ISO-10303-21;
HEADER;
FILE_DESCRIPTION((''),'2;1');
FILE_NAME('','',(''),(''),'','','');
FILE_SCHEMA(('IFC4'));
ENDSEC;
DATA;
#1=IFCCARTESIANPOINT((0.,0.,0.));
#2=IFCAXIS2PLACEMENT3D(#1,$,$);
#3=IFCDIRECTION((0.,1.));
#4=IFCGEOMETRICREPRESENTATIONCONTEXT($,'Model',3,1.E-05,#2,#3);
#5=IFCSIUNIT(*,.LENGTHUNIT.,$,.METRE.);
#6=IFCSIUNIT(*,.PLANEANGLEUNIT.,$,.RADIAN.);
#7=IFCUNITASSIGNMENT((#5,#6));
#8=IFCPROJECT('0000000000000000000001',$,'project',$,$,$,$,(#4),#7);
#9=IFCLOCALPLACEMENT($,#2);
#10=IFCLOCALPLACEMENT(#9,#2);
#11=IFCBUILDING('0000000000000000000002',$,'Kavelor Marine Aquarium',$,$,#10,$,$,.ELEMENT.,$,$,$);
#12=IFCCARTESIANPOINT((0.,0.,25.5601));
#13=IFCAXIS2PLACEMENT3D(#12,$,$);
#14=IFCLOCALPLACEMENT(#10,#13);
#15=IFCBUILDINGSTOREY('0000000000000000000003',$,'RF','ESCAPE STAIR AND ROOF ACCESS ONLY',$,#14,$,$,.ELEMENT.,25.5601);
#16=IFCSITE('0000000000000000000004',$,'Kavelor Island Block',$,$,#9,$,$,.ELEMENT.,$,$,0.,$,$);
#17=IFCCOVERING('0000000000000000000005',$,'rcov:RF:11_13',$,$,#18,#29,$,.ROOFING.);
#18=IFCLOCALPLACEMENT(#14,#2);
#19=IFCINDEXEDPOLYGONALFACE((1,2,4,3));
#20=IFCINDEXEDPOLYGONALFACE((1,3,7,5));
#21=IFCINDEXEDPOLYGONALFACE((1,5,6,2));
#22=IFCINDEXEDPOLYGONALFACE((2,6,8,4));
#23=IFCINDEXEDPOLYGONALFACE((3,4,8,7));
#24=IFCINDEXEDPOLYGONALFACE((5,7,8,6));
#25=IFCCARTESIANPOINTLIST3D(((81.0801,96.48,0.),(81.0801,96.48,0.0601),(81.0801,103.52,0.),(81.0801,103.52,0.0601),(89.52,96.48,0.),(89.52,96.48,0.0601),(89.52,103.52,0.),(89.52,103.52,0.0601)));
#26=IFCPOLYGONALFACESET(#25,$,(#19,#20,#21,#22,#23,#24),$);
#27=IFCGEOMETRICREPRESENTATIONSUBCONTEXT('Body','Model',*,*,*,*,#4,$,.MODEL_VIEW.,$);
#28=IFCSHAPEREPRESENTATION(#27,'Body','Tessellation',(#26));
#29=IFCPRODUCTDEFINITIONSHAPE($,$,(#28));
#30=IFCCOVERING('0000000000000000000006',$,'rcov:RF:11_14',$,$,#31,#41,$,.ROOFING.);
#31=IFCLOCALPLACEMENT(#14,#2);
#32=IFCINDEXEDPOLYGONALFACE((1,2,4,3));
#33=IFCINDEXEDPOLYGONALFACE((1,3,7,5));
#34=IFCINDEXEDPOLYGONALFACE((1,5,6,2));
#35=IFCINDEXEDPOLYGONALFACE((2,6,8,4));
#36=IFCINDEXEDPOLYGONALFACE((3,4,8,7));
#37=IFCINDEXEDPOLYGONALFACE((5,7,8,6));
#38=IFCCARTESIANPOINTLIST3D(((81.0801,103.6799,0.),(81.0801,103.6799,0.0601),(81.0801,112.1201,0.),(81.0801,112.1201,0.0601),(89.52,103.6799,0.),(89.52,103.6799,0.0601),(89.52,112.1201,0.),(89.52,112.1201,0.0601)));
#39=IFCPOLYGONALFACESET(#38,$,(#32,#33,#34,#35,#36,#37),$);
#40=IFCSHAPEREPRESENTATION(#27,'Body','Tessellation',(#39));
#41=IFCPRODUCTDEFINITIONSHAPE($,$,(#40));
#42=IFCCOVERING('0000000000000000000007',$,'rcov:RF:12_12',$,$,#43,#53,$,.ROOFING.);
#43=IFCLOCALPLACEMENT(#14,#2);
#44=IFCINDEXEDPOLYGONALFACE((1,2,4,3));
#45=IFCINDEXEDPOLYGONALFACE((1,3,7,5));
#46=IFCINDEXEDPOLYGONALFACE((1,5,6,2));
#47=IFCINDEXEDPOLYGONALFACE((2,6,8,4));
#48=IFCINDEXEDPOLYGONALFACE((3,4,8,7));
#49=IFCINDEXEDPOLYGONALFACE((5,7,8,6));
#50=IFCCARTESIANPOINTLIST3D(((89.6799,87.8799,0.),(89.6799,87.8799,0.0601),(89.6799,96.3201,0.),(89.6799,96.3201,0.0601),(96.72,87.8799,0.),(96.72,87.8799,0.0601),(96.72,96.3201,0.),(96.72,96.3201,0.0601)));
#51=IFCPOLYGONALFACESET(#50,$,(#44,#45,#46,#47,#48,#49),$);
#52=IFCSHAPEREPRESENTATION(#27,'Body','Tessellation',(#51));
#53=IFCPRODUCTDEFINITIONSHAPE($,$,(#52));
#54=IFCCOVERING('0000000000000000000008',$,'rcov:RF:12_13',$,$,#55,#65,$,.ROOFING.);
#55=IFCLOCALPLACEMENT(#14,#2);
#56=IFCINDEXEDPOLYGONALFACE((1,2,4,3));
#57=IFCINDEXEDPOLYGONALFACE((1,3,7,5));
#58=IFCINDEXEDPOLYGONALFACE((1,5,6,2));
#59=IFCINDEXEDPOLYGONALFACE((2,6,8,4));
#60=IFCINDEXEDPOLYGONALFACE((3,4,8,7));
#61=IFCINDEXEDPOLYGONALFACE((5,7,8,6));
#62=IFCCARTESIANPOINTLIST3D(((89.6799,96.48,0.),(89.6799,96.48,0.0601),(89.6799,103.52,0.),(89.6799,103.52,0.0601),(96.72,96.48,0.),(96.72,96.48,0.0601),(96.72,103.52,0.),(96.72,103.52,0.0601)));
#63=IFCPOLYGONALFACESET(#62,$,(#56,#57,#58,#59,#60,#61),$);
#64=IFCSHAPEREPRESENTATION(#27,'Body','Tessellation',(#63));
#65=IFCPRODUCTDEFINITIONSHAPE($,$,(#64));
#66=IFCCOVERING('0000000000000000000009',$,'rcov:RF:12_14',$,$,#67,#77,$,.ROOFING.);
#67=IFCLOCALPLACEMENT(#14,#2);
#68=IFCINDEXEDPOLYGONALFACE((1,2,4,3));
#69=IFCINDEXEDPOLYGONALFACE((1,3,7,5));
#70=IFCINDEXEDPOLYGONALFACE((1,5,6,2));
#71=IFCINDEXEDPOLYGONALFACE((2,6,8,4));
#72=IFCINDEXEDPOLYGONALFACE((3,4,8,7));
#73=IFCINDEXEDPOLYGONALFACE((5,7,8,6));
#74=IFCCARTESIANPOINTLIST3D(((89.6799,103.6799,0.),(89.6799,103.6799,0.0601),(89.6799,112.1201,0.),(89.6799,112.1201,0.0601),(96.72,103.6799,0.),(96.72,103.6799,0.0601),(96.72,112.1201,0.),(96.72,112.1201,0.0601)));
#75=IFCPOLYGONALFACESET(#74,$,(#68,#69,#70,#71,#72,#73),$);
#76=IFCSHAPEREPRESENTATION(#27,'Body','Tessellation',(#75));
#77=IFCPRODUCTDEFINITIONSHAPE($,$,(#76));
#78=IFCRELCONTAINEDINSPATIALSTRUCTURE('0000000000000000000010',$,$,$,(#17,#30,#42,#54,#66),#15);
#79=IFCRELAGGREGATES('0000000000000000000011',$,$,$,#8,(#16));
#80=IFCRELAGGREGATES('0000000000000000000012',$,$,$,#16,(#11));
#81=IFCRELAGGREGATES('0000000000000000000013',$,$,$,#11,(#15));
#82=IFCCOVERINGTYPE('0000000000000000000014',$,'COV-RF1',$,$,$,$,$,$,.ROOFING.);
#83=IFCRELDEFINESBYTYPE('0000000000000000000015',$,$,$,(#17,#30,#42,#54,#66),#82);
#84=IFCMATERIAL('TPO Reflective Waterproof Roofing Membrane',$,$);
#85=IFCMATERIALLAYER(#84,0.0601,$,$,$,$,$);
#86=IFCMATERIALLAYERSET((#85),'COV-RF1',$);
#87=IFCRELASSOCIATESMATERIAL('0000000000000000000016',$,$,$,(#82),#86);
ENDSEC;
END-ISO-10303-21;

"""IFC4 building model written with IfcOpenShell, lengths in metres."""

from ifc_helpers import new_model, si_unit, direction, frame, origin, place, context, subcontext, project, spatial, polyline, outline, extrude, material, layer, layer_set, type_object, element, save


model = new_model("IFC4")

# Units and contexts
model_context = context("Model", 3, precision=1e-05, world=origin(), true_north=direction((0.0, 1.0)))
body_context = subcontext(model_context, "Body", "Model", "MODEL_VIEW")
ifc_project = project(units=[si_unit("LENGTHUNIT", "METRE"), si_unit("PLANEANGLEUNIT", "RADIAN")], contexts=[model_context])

# Site, building, storey
site_placement = place(None, origin())
site = spatial("IfcSite", under=ifc_project, at=site_placement, Name="Kavelor Island Block", CompositionType="ELEMENT", RefElevation=0.0)
building_placement = place(site_placement, origin())
building = spatial("IfcBuilding", under=site, at=building_placement, Name="Kavelor Marine Aquarium", CompositionType="ELEMENT")
storey_placement = place(building_placement, frame((0.0, 0.0, 25.5601)))
storey = spatial("IfcBuildingStorey", under=building, at=storey_placement, Name="RF", Description="ESCAPE STAIR AND ROOF ACCESS ONLY", CompositionType="ELEMENT", Elevation=25.5601)

# Coverings
ifc_material_1 = material(Name="TPO Reflective Waterproof Roofing Membrane")
ifc_layer_1 = layer(ifc_material_1, 0.0601)
ifc_layer_set_1 = layer_set([ifc_layer_1], Name="COV-RF1")
covering_type = type_object("IfcCoveringType", Name="COV-RF1", PredefinedType="ROOFING", material=ifc_layer_set_1)
covering_1_placement = place(storey_placement, origin())
element("IfcCovering", 1, at=covering_1_placement, inside=storey, type_object=covering_type, Name="rcov:RF:11_13", PredefinedType="ROOFING", context=body_context, shape_type="SweptSolid", body=[
    extrude(outline(polyline([(81.0801, 96.48), (89.52, 96.48), (89.52, 103.52), (81.0801, 103.52), (81.0801, 96.48)])), origin(), (0.0, 0.0, 1.0), 0.0601),
])
covering_2_placement = place(storey_placement, origin())
element("IfcCovering", 2, at=covering_2_placement, inside=storey, type_object=covering_type, Name="rcov:RF:11_14", PredefinedType="ROOFING", context=body_context, shape_type="SweptSolid", body=[
    extrude(outline(polyline([(81.0801, 103.6799), (89.52, 103.6799), (89.52, 112.1201), (81.0801, 112.1201), (81.0801, 103.6799)])), origin(), (0.0, 0.0, 1.0), 0.0601),
])
covering_3_placement = place(storey_placement, origin())
element("IfcCovering", 3, at=covering_3_placement, inside=storey, type_object=covering_type, Name="rcov:RF:12_12", PredefinedType="ROOFING", context=body_context, shape_type="SweptSolid", body=[
    extrude(outline(polyline([(89.6799, 87.8799), (96.72, 87.8799), (96.72, 96.3201), (89.6799, 96.3201), (89.6799, 87.8799)])), origin(), (0.0, 0.0, 1.0), 0.0601),
])
covering_4_placement = place(storey_placement, origin())
element("IfcCovering", 4, at=covering_4_placement, inside=storey, type_object=covering_type, Name="rcov:RF:12_13", PredefinedType="ROOFING", context=body_context, shape_type="SweptSolid", body=[
    extrude(outline(polyline([(89.6799, 96.48), (96.72, 96.48), (96.72, 103.52), (89.6799, 103.52), (89.6799, 96.48)])), origin(), (0.0, 0.0, 1.0), 0.0601),
])
covering_5_placement = place(storey_placement, origin())
element("IfcCovering", 5, at=covering_5_placement, inside=storey, type_object=covering_type, Name="rcov:RF:12_14", PredefinedType="ROOFING", context=body_context, shape_type="SweptSolid", body=[
    extrude(outline(polyline([(89.6799, 103.6799), (96.72, 103.6799), (96.72, 112.1201), (89.6799, 112.1201), (89.6799, 103.6799)])), origin(), (0.0, 0.0, 1.0), 0.0601),
])

save(model, "model.ifc")
